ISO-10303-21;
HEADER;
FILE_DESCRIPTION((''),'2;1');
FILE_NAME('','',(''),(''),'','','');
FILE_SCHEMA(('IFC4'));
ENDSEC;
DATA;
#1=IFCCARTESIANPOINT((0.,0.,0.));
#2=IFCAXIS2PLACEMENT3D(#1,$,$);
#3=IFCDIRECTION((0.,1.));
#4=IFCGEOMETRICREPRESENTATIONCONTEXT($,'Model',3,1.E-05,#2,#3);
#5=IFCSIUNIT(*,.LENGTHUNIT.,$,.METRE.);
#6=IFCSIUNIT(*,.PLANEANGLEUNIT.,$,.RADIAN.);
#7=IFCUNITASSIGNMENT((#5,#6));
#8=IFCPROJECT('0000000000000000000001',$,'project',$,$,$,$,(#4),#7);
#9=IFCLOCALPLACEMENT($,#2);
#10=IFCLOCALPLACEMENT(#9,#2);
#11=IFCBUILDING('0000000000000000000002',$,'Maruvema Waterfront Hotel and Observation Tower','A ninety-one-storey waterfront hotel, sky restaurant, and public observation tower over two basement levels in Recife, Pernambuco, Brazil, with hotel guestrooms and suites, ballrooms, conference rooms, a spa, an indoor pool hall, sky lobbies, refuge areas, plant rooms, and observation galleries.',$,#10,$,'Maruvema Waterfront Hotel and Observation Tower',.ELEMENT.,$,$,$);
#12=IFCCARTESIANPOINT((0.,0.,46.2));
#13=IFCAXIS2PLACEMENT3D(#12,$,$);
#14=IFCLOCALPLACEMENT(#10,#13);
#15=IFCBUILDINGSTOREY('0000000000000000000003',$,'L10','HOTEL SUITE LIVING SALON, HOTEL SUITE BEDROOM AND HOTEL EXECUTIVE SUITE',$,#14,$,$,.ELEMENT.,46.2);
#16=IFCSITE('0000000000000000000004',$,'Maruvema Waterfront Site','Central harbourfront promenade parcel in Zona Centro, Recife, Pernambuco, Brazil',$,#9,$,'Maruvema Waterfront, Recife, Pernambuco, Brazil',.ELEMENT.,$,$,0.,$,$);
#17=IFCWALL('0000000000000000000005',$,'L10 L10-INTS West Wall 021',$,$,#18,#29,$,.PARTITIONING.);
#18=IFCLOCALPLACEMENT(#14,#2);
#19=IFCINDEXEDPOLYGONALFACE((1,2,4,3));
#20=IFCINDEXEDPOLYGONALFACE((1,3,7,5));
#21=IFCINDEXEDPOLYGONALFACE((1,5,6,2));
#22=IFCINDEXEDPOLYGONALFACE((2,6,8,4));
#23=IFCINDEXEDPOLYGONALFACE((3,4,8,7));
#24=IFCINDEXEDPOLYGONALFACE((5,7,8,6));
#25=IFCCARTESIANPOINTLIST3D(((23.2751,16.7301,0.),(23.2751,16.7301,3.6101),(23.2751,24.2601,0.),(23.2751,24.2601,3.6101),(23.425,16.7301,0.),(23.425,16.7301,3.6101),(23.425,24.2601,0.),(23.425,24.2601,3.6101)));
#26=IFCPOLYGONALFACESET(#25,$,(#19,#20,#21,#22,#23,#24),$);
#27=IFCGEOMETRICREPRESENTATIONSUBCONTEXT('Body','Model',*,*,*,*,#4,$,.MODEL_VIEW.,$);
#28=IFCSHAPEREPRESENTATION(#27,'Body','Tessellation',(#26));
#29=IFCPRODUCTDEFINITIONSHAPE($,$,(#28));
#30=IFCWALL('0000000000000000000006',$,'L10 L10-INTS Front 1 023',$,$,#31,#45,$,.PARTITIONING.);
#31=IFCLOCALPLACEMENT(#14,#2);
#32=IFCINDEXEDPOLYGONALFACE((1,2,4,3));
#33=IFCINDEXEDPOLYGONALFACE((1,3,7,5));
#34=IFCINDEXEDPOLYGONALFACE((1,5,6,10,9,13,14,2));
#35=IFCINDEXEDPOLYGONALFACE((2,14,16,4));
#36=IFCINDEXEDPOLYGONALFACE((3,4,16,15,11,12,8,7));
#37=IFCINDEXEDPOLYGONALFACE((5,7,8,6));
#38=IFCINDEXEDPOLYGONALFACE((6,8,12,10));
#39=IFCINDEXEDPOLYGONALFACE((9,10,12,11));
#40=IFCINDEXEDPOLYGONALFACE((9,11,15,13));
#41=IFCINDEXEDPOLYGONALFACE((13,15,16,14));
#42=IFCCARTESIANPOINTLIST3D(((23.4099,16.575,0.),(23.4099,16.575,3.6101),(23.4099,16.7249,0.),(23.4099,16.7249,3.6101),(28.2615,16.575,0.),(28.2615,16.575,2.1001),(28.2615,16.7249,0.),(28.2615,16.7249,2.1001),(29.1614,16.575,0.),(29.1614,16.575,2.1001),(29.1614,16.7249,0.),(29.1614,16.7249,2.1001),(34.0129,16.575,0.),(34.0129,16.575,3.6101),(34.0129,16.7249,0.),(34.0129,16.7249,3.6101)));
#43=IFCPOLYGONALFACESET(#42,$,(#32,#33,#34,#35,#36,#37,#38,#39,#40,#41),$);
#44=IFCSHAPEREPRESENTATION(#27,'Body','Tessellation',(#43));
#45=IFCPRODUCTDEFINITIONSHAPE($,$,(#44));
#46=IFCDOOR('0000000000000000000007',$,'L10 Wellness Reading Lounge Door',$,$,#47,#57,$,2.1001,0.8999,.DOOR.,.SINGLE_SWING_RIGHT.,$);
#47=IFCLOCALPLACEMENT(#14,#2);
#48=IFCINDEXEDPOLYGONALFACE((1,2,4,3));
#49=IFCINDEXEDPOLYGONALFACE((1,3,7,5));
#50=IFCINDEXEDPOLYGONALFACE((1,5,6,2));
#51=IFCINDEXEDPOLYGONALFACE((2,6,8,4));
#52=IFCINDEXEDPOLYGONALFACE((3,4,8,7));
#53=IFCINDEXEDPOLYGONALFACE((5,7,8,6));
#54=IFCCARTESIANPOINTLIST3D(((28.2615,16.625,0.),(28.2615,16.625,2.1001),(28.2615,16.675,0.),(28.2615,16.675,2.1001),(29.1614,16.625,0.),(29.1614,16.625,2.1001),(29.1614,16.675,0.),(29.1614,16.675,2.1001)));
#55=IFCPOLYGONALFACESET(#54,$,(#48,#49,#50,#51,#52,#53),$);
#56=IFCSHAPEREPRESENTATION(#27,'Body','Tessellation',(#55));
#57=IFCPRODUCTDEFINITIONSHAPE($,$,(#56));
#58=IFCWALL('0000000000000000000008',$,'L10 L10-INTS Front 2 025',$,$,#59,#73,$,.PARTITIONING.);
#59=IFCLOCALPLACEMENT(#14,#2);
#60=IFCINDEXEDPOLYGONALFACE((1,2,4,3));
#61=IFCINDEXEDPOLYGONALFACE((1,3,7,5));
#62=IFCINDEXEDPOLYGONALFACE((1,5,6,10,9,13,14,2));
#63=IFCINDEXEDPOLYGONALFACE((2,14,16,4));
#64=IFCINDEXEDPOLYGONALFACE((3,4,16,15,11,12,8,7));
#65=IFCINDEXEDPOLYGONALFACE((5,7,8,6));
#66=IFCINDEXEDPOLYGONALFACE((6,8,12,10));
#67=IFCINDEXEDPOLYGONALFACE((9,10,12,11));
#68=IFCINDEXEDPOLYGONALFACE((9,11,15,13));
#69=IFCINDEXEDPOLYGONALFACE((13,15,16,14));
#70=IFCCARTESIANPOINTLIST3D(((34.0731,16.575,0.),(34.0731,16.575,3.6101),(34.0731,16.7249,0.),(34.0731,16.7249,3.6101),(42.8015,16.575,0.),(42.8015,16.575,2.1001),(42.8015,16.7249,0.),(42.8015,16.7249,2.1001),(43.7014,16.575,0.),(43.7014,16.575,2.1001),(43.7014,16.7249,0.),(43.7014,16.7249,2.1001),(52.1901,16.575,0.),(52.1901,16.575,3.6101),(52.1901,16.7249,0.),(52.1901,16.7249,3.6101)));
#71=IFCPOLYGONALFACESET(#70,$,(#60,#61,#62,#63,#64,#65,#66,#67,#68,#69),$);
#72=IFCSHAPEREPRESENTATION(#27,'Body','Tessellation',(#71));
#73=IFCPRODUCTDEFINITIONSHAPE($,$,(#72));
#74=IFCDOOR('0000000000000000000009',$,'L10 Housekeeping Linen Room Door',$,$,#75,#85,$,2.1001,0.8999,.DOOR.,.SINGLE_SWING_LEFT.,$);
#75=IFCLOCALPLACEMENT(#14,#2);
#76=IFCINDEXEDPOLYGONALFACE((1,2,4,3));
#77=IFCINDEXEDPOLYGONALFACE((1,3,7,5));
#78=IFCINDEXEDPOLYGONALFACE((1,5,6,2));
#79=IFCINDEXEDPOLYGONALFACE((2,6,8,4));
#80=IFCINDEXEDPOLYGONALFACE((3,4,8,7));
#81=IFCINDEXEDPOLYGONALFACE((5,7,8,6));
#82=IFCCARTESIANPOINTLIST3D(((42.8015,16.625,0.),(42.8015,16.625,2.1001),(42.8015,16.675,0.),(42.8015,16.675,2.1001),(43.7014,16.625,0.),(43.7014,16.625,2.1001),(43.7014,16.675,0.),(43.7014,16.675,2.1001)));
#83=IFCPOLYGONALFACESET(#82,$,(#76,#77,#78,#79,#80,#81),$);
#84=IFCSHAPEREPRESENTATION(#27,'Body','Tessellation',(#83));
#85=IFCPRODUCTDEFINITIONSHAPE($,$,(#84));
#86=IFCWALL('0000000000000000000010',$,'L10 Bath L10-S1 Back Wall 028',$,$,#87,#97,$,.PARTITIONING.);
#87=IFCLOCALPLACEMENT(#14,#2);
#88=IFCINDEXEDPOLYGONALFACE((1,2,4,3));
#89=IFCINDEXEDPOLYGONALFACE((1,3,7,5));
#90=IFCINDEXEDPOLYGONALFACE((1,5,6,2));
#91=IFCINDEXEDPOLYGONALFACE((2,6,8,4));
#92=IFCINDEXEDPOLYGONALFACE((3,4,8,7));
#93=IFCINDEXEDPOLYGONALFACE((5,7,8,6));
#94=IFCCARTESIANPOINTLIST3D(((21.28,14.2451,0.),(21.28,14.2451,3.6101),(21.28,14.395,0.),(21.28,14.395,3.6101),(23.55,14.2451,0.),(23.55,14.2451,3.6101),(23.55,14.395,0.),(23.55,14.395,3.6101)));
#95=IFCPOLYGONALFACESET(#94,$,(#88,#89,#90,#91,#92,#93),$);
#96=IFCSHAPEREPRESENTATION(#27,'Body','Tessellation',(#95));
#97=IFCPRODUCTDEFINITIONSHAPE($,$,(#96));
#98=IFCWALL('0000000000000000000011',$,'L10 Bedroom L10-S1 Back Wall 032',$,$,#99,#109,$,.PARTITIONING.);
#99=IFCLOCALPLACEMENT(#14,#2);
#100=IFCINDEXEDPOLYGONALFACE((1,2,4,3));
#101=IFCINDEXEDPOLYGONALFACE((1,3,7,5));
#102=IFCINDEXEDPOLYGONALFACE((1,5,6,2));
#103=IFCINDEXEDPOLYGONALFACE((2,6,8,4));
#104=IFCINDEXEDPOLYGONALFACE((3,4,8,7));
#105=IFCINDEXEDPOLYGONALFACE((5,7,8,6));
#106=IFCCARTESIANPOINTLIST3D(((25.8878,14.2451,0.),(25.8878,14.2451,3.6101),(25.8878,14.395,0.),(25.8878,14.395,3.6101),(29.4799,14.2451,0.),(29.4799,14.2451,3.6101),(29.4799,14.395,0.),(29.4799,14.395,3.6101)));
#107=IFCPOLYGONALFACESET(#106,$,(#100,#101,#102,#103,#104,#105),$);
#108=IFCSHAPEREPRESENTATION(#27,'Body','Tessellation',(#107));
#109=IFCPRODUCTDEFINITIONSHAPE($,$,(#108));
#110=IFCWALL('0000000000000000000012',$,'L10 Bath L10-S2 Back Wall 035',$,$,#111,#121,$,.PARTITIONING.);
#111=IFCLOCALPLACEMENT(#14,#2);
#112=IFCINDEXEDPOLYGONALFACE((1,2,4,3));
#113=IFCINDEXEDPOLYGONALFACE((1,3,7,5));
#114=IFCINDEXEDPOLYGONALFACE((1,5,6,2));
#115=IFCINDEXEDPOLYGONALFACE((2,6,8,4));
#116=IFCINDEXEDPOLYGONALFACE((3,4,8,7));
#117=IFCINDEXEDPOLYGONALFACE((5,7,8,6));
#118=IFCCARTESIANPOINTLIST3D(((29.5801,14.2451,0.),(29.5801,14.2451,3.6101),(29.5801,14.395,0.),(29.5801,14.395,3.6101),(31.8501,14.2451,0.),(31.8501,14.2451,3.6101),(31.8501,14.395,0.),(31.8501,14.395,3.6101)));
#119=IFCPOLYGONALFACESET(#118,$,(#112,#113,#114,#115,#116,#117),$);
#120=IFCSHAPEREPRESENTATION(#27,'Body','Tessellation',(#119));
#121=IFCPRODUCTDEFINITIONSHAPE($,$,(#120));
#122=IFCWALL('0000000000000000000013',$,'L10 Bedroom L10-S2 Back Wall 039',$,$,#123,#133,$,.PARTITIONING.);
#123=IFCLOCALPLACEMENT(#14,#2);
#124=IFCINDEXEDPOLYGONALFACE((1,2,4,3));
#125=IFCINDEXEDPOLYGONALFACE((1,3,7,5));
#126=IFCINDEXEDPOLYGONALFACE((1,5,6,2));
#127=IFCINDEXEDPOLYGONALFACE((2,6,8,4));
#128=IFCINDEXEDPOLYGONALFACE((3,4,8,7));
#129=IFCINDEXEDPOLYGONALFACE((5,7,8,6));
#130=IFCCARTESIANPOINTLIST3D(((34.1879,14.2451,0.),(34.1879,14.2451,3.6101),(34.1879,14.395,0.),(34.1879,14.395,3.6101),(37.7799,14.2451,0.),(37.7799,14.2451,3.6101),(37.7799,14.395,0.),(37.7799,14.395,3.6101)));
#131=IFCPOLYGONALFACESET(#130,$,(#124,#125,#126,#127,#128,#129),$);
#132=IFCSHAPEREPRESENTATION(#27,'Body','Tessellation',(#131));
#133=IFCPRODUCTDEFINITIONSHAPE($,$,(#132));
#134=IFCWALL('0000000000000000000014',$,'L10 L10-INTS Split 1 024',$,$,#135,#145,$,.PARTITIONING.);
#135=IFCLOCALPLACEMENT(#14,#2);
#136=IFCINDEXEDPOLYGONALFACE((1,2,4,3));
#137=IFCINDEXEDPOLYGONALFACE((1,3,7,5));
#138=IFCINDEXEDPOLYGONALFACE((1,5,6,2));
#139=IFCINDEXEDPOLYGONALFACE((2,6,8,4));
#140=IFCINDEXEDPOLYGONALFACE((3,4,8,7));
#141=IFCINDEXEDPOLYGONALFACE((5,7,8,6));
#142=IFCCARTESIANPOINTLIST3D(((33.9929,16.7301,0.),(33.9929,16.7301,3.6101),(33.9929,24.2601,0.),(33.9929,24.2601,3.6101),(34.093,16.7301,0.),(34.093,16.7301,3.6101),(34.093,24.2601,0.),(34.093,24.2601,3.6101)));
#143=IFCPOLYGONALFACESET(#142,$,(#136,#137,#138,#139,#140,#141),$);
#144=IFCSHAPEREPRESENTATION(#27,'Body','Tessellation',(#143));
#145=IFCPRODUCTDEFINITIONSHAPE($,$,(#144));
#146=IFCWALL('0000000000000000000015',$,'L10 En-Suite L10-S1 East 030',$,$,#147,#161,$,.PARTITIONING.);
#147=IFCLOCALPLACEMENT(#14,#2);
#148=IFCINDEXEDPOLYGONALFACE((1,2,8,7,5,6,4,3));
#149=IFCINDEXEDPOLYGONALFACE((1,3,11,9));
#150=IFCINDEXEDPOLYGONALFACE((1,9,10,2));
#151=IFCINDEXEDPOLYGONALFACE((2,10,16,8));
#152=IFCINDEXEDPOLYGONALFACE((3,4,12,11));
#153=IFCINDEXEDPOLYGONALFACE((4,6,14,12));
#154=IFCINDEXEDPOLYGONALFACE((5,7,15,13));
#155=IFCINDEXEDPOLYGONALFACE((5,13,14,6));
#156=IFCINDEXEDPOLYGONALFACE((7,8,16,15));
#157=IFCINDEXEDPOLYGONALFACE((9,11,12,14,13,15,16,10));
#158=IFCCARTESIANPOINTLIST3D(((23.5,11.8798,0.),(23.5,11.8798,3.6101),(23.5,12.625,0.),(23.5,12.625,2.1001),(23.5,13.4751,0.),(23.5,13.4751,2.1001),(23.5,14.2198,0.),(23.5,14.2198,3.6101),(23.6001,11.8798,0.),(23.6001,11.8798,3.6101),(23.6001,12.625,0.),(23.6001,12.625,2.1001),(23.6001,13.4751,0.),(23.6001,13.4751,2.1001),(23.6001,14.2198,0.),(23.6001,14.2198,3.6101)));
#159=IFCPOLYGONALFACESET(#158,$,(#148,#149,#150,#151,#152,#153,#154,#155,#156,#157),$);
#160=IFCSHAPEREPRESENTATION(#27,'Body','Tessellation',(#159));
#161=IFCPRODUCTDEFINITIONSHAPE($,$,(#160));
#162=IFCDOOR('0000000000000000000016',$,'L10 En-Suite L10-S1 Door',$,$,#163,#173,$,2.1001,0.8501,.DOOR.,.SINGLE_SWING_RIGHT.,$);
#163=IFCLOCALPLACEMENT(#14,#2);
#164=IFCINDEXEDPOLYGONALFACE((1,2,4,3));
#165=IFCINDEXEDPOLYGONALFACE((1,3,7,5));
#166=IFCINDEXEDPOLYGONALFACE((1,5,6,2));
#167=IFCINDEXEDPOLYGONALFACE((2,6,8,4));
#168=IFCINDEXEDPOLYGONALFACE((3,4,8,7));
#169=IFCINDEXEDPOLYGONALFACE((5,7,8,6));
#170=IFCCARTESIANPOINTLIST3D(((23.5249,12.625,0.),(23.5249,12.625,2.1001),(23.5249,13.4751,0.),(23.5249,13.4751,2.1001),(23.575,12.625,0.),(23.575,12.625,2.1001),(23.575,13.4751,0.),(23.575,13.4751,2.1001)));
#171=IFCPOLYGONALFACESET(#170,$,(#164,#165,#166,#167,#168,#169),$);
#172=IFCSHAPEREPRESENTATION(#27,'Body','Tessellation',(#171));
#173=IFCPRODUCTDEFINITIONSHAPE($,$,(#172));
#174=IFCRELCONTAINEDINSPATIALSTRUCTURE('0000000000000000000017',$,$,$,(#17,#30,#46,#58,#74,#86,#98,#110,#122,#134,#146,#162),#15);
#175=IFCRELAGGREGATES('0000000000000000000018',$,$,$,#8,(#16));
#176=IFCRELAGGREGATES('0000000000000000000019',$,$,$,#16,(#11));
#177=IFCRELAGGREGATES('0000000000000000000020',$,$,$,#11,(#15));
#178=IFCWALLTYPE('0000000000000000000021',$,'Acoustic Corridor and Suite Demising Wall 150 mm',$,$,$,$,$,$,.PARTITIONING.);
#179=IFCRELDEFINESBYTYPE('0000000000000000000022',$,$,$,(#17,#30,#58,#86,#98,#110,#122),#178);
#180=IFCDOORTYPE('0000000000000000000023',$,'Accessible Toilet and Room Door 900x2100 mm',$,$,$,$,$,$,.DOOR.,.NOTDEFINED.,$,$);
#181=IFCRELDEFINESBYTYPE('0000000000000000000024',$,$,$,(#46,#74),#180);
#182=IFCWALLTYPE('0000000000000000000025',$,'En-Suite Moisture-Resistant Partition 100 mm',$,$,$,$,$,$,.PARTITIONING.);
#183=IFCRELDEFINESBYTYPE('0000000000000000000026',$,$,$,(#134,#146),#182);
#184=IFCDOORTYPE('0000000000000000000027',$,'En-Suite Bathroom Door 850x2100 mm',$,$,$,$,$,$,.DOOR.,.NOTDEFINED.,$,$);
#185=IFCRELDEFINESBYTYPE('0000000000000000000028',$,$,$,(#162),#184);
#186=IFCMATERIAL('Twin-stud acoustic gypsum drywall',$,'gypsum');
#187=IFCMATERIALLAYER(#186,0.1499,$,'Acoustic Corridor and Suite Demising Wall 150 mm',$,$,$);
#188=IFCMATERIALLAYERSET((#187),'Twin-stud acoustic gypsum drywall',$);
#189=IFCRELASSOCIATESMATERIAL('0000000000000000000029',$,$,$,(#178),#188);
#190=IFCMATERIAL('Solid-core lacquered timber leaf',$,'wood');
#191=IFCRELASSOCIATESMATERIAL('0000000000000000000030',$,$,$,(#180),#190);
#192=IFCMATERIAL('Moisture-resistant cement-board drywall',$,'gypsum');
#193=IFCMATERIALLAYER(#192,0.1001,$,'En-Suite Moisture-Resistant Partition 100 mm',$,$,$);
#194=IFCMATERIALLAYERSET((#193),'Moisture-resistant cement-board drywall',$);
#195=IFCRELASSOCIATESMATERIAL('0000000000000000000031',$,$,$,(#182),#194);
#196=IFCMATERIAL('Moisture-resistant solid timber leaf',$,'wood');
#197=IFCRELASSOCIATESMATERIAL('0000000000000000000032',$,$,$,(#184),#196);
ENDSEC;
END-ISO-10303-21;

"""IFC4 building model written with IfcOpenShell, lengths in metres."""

from ifc_helpers import new_model, si_unit, direction, frame, frame_2d, origin, place, context, subcontext, project, spatial, rectangle, extrude, material, layer, layer_set, type_object, element, fill, save


model = new_model("IFC4")

# Units and contexts
model_context = context("Model", 3, precision=1e-05, world=origin(), true_north=direction((0.0, 1.0)))
body_context = subcontext(model_context, "Body", "Model", "MODEL_VIEW")
ifc_project = project(units=[si_unit("LENGTHUNIT", "METRE"), si_unit("PLANEANGLEUNIT", "RADIAN")], contexts=[model_context])

# Site, building, storey
site_placement = place(None, origin())
site = spatial("IfcSite", under=ifc_project, at=site_placement, Name="Maruvema Waterfront Site", Description="Central harbourfront promenade parcel in Zona Centro, Recife, Pernambuco, Brazil", LongName="Maruvema Waterfront, Recife, Pernambuco, Brazil", CompositionType="ELEMENT", RefElevation=0.0)
building_placement = place(site_placement, origin())
building = spatial("IfcBuilding", under=site, at=building_placement, Name="Maruvema Waterfront Hotel and Observation Tower", Description="A ninety-one-storey waterfront hotel, sky restaurant, and public observation tower over two basement levels in Recife, Pernambuco, Brazil, with hotel guestrooms and suites, ballrooms, conference rooms, a spa, an indoor pool hall, sky lobbies, refuge areas, plant rooms, and observation galleries.", LongName="Maruvema Waterfront Hotel and Observation Tower", CompositionType="ELEMENT")
storey_placement = place(building_placement, frame((0.0, 0.0, 46.2)))
storey = spatial("IfcBuildingStorey", under=building, at=storey_placement, Name="L10", Description="HOTEL SUITE LIVING SALON, HOTEL SUITE BEDROOM AND HOTEL EXECUTIVE SUITE", CompositionType="ELEMENT", Elevation=46.2)

# Wall
ifc_material_1 = material(Name="Twin-stud acoustic gypsum drywall", Category="gypsum")
ifc_layer_1 = layer(ifc_material_1, 0.1499, Name="Acoustic Corridor and Suite Demising Wall 150 mm")
ifc_layer_set_1 = layer_set([ifc_layer_1], Name="Twin-stud acoustic gypsum drywall")
wall_type_1 = type_object("IfcWallType", Name="Acoustic Corridor and Suite Demising Wall 150 mm", PredefinedType="PARTITIONING", material=ifc_layer_set_1)
wall_1_placement = place(storey_placement, frame((23.3501, 16.73, 0.0), z_axis=(0.0, 0.0, 1.0), x_axis=(0.0, 1.0, 0.0)))
element("IfcWall", 1, at=wall_1_placement, inside=storey, type_object=wall_type_1, Name="L10 L10-INTS West Wall 021", PredefinedType="PARTITIONING", context=body_context, shape_type="SweptSolid", body=[
    extrude(rectangle(XDim=7.53, YDim=0.1499, at=frame_2d((3.7651, 0.0))), origin(), (0.0, 0.0, 1.0), 3.6101),
])

# Walls, openings, doors
wall_2_placement = place(storey_placement, frame((23.4099, 16.6499, 0.0), z_axis=(0.0, 0.0, 1.0), x_axis=(1.0, 0.0, 0.0)))
wall_2 = element("IfcWall", 2, at=wall_2_placement, inside=storey, type_object=wall_type_1, Name="L10 L10-INTS Front 1 023", PredefinedType="PARTITIONING", context=body_context, shape_type="SweptSolid", body=[
    extrude(rectangle(XDim=10.603, YDim=0.1499, at=frame_2d((5.3015, 0.0))), origin(), (0.0, 0.0, 1.0), 3.6101),
])
opening_1_placement = place(wall_2_placement, frame((4.8516, 0.0, 0.0)))
opening_1 = element("IfcOpeningElement", 3, at=opening_1_placement, cuts=wall_2, PredefinedType="OPENING", context=body_context, shape_type="SweptSolid", body=[
    extrude(rectangle(XDim=0.8999, YDim=2.1001, at=frame_2d((0.45, 1.05))), frame((0.0, 0.085, 0.0), z_axis=(0.0, -1.0, 0.0), x_axis=(1.0, 0.0, 0.0)), (0.0, 0.0, 1.0), 0.1699),
])
ifc_material_2 = material(Name="Solid-core lacquered timber leaf", Category="wood")
door_type_1 = type_object("IfcDoorType", Name="Accessible Toilet and Room Door 900x2100 mm", OperationType="NOTDEFINED", PredefinedType="DOOR", material=ifc_material_2)
door_1_placement = place(opening_1_placement, frame((0.8999, 0.0, 0.0), z_axis=(0.0, 0.0, 1.0), x_axis=(-1.0, 0.0, 0.0)))
door_1 = element("IfcDoor", 4, at=door_1_placement, inside=storey, type_object=door_type_1, Name="L10 Wellness Reading Lounge Door", OperationType="SINGLE_SWING_RIGHT", OverallHeight=2.1001, OverallWidth=0.8999, PredefinedType="DOOR", context=body_context, shape_type="SweptSolid", body=[
    extrude(rectangle(XDim=0.8999, YDim=2.1001, at=frame_2d((0.45, 1.05))), frame((0.0, 0.0249, 0.0), z_axis=(0.0, -1.0, 0.0), x_axis=(1.0, 0.0, 0.0)), (0.0, 0.0, 1.0), 0.05),
])
fill(opening_1, door_1)
wall_3_placement = place(storey_placement, frame((34.073, 16.6499, 0.0), z_axis=(0.0, 0.0, 1.0), x_axis=(1.0, 0.0, 0.0)))
wall_3 = element("IfcWall", 5, at=wall_3_placement, inside=storey, type_object=wall_type_1, Name="L10 L10-INTS Front 2 025", PredefinedType="PARTITIONING", context=body_context, shape_type="SweptSolid", body=[
    extrude(rectangle(XDim=18.1169, YDim=0.1499, at=frame_2d((9.0586, 0.0))), origin(), (0.0, 0.0, 1.0), 3.6101),
])
opening_2_placement = place(wall_3_placement, frame((8.7285, 0.0, 0.0)))
opening_2 = element("IfcOpeningElement", 6, at=opening_2_placement, cuts=wall_3, PredefinedType="OPENING", context=body_context, shape_type="SweptSolid", body=[
    extrude(rectangle(XDim=0.8999, YDim=2.1001, at=frame_2d((0.45, 1.05))), frame((0.0, 0.085, 0.0), z_axis=(0.0, -1.0, 0.0), x_axis=(1.0, 0.0, 0.0)), (0.0, 0.0, 1.0), 0.1699),
])
door_2_placement = place(opening_2_placement, frame((0.8999, 0.0, 0.0), z_axis=(0.0, 0.0, 1.0), x_axis=(-1.0, 0.0, 0.0)))
door_2 = element("IfcDoor", 7, at=door_2_placement, inside=storey, type_object=door_type_1, Name="L10 Housekeeping Linen Room Door", OperationType="SINGLE_SWING_LEFT", OverallHeight=2.1001, OverallWidth=0.8999, PredefinedType="DOOR", context=body_context, shape_type="SweptSolid", body=[
    extrude(rectangle(XDim=0.8999, YDim=2.1001, at=frame_2d((0.45, 1.05))), frame((0.0, 0.0249, 0.0), z_axis=(0.0, -1.0, 0.0), x_axis=(1.0, 0.0, 0.0)), (0.0, 0.0, 1.0), 0.05),
])
fill(opening_2, door_2)

# Wall
wall_4_placement = place(storey_placement, frame((21.28, 14.3201, 0.0), z_axis=(0.0, 0.0, 1.0), x_axis=(1.0, 0.0, 0.0)))
element("IfcWall", 8, at=wall_4_placement, inside=storey, type_object=wall_type_1, Name="L10 Bath L10-S1 Back Wall 028", PredefinedType="PARTITIONING", context=body_context, shape_type="SweptSolid", body=[
    extrude(rectangle(XDim=2.27, YDim=0.1499, at=frame_2d((1.135, 0.0))), origin(), (0.0, 0.0, 1.0), 3.6101),
])

# Walls
wall_5_placement = place(storey_placement, frame((25.8879, 14.3201, 0.0), z_axis=(0.0, 0.0, 1.0), x_axis=(1.0, 0.0, 0.0)))
element("IfcWall", 9, at=wall_5_placement, inside=storey, type_object=wall_type_1, Name="L10 Bedroom L10-S1 Back Wall 032", PredefinedType="PARTITIONING", context=body_context, shape_type="SweptSolid", body=[
    extrude(rectangle(XDim=3.592, YDim=0.1499, at=frame_2d((1.7959, 0.0))), origin(), (0.0, 0.0, 1.0), 3.6101),
])
wall_6_placement = place(storey_placement, frame((29.5801, 14.3201, 0.0), z_axis=(0.0, 0.0, 1.0), x_axis=(1.0, 0.0, 0.0)))
element("IfcWall", 10, at=wall_6_placement, inside=storey, type_object=wall_type_1, Name="L10 Bath L10-S2 Back Wall 035", PredefinedType="PARTITIONING", context=body_context, shape_type="SweptSolid", body=[
    extrude(rectangle(XDim=2.27, YDim=0.1499, at=frame_2d((1.135, 0.0))), origin(), (0.0, 0.0, 1.0), 3.6101),
])

# Wall
wall_7_placement = place(storey_placement, frame((34.188, 14.3201, 0.0), z_axis=(0.0, 0.0, 1.0), x_axis=(1.0, 0.0, 0.0)))
element("IfcWall", 11, at=wall_7_placement, inside=storey, type_object=wall_type_1, Name="L10 Bedroom L10-S2 Back Wall 039", PredefinedType="PARTITIONING", context=body_context, shape_type="SweptSolid", body=[
    extrude(rectangle(XDim=3.592, YDim=0.1499, at=frame_2d((1.7959, 0.0))), origin(), (0.0, 0.0, 1.0), 3.6101),
])

# Wall
ifc_material_3 = material(Name="Moisture-resistant cement-board drywall", Category="gypsum")
ifc_layer_2 = layer(ifc_material_3, 0.1001, Name="En-Suite Moisture-Resistant Partition 100 mm")
ifc_layer_set_2 = layer_set([ifc_layer_2], Name="Moisture-resistant cement-board drywall")
wall_type_2 = type_object("IfcWallType", Name="En-Suite Moisture-Resistant Partition 100 mm", PredefinedType="PARTITIONING", material=ifc_layer_set_2)
wall_8_placement = place(storey_placement, frame((34.043, 16.73, 0.0), z_axis=(0.0, 0.0, 1.0), x_axis=(0.0, 1.0, 0.0)))
element("IfcWall", 12, at=wall_8_placement, inside=storey, type_object=wall_type_2, Name="L10 L10-INTS Split 1 024", PredefinedType="PARTITIONING", context=body_context, shape_type="SweptSolid", body=[
    extrude(rectangle(XDim=7.53, YDim=0.1001, at=frame_2d((3.7651, 0.0))), origin(), (0.0, 0.0, 1.0), 3.6101),
])

# Wall, opening, door
wall_9_placement = place(storey_placement, frame((23.55, 11.8799, 0.0), z_axis=(0.0, 0.0, 1.0), x_axis=(0.0, 1.0, 0.0)))
wall_9 = element("IfcWall", 13, at=wall_9_placement, inside=storey, type_object=wall_type_2, Name="L10 En-Suite L10-S1 East 030", PredefinedType="PARTITIONING", context=body_context, shape_type="SweptSolid", body=[
    extrude(rectangle(XDim=2.3401, YDim=0.1001, at=frame_2d((1.1699, 0.0))), origin(), (0.0, 0.0, 1.0), 3.6101),
])
opening_3_placement = place(wall_9_placement, frame((0.7451, 0.0, 0.0)))
opening_3 = element("IfcOpeningElement", 14, at=opening_3_placement, cuts=wall_9, PredefinedType="OPENING", context=body_context, shape_type="SweptSolid", body=[
    extrude(rectangle(XDim=0.8501, YDim=2.1001, at=frame_2d((0.425, 1.05))), frame((0.0, 0.0601, 0.0), z_axis=(0.0, -1.0, 0.0), x_axis=(1.0, 0.0, 0.0)), (0.0, 0.0, 1.0), 0.1201),
])
ifc_material_4 = material(Name="Moisture-resistant solid timber leaf", Category="wood")
door_type_2 = type_object("IfcDoorType", Name="En-Suite Bathroom Door 850x2100 mm", OperationType="NOTDEFINED", PredefinedType="DOOR", material=ifc_material_4)
door_3_placement = place(opening_3_placement, frame((0.8501, 0.0, 0.0), z_axis=(0.0, 0.0, 1.0), x_axis=(-1.0, 0.0, 0.0)))
door_3 = element("IfcDoor", 15, at=door_3_placement, inside=storey, type_object=door_type_2, Name="L10 En-Suite L10-S1 Door", OperationType="SINGLE_SWING_RIGHT", OverallHeight=2.1001, OverallWidth=0.8501, PredefinedType="DOOR", context=body_context, shape_type="SweptSolid", body=[
    extrude(rectangle(XDim=0.8501, YDim=2.1001, at=frame_2d((0.425, 1.05))), frame((0.0, 0.0249, 0.0), z_axis=(0.0, -1.0, 0.0), x_axis=(1.0, 0.0, 0.0)), (0.0, 0.0, 1.0), 0.05),
])
fill(opening_3, door_3)

save(model, "model.ifc")
